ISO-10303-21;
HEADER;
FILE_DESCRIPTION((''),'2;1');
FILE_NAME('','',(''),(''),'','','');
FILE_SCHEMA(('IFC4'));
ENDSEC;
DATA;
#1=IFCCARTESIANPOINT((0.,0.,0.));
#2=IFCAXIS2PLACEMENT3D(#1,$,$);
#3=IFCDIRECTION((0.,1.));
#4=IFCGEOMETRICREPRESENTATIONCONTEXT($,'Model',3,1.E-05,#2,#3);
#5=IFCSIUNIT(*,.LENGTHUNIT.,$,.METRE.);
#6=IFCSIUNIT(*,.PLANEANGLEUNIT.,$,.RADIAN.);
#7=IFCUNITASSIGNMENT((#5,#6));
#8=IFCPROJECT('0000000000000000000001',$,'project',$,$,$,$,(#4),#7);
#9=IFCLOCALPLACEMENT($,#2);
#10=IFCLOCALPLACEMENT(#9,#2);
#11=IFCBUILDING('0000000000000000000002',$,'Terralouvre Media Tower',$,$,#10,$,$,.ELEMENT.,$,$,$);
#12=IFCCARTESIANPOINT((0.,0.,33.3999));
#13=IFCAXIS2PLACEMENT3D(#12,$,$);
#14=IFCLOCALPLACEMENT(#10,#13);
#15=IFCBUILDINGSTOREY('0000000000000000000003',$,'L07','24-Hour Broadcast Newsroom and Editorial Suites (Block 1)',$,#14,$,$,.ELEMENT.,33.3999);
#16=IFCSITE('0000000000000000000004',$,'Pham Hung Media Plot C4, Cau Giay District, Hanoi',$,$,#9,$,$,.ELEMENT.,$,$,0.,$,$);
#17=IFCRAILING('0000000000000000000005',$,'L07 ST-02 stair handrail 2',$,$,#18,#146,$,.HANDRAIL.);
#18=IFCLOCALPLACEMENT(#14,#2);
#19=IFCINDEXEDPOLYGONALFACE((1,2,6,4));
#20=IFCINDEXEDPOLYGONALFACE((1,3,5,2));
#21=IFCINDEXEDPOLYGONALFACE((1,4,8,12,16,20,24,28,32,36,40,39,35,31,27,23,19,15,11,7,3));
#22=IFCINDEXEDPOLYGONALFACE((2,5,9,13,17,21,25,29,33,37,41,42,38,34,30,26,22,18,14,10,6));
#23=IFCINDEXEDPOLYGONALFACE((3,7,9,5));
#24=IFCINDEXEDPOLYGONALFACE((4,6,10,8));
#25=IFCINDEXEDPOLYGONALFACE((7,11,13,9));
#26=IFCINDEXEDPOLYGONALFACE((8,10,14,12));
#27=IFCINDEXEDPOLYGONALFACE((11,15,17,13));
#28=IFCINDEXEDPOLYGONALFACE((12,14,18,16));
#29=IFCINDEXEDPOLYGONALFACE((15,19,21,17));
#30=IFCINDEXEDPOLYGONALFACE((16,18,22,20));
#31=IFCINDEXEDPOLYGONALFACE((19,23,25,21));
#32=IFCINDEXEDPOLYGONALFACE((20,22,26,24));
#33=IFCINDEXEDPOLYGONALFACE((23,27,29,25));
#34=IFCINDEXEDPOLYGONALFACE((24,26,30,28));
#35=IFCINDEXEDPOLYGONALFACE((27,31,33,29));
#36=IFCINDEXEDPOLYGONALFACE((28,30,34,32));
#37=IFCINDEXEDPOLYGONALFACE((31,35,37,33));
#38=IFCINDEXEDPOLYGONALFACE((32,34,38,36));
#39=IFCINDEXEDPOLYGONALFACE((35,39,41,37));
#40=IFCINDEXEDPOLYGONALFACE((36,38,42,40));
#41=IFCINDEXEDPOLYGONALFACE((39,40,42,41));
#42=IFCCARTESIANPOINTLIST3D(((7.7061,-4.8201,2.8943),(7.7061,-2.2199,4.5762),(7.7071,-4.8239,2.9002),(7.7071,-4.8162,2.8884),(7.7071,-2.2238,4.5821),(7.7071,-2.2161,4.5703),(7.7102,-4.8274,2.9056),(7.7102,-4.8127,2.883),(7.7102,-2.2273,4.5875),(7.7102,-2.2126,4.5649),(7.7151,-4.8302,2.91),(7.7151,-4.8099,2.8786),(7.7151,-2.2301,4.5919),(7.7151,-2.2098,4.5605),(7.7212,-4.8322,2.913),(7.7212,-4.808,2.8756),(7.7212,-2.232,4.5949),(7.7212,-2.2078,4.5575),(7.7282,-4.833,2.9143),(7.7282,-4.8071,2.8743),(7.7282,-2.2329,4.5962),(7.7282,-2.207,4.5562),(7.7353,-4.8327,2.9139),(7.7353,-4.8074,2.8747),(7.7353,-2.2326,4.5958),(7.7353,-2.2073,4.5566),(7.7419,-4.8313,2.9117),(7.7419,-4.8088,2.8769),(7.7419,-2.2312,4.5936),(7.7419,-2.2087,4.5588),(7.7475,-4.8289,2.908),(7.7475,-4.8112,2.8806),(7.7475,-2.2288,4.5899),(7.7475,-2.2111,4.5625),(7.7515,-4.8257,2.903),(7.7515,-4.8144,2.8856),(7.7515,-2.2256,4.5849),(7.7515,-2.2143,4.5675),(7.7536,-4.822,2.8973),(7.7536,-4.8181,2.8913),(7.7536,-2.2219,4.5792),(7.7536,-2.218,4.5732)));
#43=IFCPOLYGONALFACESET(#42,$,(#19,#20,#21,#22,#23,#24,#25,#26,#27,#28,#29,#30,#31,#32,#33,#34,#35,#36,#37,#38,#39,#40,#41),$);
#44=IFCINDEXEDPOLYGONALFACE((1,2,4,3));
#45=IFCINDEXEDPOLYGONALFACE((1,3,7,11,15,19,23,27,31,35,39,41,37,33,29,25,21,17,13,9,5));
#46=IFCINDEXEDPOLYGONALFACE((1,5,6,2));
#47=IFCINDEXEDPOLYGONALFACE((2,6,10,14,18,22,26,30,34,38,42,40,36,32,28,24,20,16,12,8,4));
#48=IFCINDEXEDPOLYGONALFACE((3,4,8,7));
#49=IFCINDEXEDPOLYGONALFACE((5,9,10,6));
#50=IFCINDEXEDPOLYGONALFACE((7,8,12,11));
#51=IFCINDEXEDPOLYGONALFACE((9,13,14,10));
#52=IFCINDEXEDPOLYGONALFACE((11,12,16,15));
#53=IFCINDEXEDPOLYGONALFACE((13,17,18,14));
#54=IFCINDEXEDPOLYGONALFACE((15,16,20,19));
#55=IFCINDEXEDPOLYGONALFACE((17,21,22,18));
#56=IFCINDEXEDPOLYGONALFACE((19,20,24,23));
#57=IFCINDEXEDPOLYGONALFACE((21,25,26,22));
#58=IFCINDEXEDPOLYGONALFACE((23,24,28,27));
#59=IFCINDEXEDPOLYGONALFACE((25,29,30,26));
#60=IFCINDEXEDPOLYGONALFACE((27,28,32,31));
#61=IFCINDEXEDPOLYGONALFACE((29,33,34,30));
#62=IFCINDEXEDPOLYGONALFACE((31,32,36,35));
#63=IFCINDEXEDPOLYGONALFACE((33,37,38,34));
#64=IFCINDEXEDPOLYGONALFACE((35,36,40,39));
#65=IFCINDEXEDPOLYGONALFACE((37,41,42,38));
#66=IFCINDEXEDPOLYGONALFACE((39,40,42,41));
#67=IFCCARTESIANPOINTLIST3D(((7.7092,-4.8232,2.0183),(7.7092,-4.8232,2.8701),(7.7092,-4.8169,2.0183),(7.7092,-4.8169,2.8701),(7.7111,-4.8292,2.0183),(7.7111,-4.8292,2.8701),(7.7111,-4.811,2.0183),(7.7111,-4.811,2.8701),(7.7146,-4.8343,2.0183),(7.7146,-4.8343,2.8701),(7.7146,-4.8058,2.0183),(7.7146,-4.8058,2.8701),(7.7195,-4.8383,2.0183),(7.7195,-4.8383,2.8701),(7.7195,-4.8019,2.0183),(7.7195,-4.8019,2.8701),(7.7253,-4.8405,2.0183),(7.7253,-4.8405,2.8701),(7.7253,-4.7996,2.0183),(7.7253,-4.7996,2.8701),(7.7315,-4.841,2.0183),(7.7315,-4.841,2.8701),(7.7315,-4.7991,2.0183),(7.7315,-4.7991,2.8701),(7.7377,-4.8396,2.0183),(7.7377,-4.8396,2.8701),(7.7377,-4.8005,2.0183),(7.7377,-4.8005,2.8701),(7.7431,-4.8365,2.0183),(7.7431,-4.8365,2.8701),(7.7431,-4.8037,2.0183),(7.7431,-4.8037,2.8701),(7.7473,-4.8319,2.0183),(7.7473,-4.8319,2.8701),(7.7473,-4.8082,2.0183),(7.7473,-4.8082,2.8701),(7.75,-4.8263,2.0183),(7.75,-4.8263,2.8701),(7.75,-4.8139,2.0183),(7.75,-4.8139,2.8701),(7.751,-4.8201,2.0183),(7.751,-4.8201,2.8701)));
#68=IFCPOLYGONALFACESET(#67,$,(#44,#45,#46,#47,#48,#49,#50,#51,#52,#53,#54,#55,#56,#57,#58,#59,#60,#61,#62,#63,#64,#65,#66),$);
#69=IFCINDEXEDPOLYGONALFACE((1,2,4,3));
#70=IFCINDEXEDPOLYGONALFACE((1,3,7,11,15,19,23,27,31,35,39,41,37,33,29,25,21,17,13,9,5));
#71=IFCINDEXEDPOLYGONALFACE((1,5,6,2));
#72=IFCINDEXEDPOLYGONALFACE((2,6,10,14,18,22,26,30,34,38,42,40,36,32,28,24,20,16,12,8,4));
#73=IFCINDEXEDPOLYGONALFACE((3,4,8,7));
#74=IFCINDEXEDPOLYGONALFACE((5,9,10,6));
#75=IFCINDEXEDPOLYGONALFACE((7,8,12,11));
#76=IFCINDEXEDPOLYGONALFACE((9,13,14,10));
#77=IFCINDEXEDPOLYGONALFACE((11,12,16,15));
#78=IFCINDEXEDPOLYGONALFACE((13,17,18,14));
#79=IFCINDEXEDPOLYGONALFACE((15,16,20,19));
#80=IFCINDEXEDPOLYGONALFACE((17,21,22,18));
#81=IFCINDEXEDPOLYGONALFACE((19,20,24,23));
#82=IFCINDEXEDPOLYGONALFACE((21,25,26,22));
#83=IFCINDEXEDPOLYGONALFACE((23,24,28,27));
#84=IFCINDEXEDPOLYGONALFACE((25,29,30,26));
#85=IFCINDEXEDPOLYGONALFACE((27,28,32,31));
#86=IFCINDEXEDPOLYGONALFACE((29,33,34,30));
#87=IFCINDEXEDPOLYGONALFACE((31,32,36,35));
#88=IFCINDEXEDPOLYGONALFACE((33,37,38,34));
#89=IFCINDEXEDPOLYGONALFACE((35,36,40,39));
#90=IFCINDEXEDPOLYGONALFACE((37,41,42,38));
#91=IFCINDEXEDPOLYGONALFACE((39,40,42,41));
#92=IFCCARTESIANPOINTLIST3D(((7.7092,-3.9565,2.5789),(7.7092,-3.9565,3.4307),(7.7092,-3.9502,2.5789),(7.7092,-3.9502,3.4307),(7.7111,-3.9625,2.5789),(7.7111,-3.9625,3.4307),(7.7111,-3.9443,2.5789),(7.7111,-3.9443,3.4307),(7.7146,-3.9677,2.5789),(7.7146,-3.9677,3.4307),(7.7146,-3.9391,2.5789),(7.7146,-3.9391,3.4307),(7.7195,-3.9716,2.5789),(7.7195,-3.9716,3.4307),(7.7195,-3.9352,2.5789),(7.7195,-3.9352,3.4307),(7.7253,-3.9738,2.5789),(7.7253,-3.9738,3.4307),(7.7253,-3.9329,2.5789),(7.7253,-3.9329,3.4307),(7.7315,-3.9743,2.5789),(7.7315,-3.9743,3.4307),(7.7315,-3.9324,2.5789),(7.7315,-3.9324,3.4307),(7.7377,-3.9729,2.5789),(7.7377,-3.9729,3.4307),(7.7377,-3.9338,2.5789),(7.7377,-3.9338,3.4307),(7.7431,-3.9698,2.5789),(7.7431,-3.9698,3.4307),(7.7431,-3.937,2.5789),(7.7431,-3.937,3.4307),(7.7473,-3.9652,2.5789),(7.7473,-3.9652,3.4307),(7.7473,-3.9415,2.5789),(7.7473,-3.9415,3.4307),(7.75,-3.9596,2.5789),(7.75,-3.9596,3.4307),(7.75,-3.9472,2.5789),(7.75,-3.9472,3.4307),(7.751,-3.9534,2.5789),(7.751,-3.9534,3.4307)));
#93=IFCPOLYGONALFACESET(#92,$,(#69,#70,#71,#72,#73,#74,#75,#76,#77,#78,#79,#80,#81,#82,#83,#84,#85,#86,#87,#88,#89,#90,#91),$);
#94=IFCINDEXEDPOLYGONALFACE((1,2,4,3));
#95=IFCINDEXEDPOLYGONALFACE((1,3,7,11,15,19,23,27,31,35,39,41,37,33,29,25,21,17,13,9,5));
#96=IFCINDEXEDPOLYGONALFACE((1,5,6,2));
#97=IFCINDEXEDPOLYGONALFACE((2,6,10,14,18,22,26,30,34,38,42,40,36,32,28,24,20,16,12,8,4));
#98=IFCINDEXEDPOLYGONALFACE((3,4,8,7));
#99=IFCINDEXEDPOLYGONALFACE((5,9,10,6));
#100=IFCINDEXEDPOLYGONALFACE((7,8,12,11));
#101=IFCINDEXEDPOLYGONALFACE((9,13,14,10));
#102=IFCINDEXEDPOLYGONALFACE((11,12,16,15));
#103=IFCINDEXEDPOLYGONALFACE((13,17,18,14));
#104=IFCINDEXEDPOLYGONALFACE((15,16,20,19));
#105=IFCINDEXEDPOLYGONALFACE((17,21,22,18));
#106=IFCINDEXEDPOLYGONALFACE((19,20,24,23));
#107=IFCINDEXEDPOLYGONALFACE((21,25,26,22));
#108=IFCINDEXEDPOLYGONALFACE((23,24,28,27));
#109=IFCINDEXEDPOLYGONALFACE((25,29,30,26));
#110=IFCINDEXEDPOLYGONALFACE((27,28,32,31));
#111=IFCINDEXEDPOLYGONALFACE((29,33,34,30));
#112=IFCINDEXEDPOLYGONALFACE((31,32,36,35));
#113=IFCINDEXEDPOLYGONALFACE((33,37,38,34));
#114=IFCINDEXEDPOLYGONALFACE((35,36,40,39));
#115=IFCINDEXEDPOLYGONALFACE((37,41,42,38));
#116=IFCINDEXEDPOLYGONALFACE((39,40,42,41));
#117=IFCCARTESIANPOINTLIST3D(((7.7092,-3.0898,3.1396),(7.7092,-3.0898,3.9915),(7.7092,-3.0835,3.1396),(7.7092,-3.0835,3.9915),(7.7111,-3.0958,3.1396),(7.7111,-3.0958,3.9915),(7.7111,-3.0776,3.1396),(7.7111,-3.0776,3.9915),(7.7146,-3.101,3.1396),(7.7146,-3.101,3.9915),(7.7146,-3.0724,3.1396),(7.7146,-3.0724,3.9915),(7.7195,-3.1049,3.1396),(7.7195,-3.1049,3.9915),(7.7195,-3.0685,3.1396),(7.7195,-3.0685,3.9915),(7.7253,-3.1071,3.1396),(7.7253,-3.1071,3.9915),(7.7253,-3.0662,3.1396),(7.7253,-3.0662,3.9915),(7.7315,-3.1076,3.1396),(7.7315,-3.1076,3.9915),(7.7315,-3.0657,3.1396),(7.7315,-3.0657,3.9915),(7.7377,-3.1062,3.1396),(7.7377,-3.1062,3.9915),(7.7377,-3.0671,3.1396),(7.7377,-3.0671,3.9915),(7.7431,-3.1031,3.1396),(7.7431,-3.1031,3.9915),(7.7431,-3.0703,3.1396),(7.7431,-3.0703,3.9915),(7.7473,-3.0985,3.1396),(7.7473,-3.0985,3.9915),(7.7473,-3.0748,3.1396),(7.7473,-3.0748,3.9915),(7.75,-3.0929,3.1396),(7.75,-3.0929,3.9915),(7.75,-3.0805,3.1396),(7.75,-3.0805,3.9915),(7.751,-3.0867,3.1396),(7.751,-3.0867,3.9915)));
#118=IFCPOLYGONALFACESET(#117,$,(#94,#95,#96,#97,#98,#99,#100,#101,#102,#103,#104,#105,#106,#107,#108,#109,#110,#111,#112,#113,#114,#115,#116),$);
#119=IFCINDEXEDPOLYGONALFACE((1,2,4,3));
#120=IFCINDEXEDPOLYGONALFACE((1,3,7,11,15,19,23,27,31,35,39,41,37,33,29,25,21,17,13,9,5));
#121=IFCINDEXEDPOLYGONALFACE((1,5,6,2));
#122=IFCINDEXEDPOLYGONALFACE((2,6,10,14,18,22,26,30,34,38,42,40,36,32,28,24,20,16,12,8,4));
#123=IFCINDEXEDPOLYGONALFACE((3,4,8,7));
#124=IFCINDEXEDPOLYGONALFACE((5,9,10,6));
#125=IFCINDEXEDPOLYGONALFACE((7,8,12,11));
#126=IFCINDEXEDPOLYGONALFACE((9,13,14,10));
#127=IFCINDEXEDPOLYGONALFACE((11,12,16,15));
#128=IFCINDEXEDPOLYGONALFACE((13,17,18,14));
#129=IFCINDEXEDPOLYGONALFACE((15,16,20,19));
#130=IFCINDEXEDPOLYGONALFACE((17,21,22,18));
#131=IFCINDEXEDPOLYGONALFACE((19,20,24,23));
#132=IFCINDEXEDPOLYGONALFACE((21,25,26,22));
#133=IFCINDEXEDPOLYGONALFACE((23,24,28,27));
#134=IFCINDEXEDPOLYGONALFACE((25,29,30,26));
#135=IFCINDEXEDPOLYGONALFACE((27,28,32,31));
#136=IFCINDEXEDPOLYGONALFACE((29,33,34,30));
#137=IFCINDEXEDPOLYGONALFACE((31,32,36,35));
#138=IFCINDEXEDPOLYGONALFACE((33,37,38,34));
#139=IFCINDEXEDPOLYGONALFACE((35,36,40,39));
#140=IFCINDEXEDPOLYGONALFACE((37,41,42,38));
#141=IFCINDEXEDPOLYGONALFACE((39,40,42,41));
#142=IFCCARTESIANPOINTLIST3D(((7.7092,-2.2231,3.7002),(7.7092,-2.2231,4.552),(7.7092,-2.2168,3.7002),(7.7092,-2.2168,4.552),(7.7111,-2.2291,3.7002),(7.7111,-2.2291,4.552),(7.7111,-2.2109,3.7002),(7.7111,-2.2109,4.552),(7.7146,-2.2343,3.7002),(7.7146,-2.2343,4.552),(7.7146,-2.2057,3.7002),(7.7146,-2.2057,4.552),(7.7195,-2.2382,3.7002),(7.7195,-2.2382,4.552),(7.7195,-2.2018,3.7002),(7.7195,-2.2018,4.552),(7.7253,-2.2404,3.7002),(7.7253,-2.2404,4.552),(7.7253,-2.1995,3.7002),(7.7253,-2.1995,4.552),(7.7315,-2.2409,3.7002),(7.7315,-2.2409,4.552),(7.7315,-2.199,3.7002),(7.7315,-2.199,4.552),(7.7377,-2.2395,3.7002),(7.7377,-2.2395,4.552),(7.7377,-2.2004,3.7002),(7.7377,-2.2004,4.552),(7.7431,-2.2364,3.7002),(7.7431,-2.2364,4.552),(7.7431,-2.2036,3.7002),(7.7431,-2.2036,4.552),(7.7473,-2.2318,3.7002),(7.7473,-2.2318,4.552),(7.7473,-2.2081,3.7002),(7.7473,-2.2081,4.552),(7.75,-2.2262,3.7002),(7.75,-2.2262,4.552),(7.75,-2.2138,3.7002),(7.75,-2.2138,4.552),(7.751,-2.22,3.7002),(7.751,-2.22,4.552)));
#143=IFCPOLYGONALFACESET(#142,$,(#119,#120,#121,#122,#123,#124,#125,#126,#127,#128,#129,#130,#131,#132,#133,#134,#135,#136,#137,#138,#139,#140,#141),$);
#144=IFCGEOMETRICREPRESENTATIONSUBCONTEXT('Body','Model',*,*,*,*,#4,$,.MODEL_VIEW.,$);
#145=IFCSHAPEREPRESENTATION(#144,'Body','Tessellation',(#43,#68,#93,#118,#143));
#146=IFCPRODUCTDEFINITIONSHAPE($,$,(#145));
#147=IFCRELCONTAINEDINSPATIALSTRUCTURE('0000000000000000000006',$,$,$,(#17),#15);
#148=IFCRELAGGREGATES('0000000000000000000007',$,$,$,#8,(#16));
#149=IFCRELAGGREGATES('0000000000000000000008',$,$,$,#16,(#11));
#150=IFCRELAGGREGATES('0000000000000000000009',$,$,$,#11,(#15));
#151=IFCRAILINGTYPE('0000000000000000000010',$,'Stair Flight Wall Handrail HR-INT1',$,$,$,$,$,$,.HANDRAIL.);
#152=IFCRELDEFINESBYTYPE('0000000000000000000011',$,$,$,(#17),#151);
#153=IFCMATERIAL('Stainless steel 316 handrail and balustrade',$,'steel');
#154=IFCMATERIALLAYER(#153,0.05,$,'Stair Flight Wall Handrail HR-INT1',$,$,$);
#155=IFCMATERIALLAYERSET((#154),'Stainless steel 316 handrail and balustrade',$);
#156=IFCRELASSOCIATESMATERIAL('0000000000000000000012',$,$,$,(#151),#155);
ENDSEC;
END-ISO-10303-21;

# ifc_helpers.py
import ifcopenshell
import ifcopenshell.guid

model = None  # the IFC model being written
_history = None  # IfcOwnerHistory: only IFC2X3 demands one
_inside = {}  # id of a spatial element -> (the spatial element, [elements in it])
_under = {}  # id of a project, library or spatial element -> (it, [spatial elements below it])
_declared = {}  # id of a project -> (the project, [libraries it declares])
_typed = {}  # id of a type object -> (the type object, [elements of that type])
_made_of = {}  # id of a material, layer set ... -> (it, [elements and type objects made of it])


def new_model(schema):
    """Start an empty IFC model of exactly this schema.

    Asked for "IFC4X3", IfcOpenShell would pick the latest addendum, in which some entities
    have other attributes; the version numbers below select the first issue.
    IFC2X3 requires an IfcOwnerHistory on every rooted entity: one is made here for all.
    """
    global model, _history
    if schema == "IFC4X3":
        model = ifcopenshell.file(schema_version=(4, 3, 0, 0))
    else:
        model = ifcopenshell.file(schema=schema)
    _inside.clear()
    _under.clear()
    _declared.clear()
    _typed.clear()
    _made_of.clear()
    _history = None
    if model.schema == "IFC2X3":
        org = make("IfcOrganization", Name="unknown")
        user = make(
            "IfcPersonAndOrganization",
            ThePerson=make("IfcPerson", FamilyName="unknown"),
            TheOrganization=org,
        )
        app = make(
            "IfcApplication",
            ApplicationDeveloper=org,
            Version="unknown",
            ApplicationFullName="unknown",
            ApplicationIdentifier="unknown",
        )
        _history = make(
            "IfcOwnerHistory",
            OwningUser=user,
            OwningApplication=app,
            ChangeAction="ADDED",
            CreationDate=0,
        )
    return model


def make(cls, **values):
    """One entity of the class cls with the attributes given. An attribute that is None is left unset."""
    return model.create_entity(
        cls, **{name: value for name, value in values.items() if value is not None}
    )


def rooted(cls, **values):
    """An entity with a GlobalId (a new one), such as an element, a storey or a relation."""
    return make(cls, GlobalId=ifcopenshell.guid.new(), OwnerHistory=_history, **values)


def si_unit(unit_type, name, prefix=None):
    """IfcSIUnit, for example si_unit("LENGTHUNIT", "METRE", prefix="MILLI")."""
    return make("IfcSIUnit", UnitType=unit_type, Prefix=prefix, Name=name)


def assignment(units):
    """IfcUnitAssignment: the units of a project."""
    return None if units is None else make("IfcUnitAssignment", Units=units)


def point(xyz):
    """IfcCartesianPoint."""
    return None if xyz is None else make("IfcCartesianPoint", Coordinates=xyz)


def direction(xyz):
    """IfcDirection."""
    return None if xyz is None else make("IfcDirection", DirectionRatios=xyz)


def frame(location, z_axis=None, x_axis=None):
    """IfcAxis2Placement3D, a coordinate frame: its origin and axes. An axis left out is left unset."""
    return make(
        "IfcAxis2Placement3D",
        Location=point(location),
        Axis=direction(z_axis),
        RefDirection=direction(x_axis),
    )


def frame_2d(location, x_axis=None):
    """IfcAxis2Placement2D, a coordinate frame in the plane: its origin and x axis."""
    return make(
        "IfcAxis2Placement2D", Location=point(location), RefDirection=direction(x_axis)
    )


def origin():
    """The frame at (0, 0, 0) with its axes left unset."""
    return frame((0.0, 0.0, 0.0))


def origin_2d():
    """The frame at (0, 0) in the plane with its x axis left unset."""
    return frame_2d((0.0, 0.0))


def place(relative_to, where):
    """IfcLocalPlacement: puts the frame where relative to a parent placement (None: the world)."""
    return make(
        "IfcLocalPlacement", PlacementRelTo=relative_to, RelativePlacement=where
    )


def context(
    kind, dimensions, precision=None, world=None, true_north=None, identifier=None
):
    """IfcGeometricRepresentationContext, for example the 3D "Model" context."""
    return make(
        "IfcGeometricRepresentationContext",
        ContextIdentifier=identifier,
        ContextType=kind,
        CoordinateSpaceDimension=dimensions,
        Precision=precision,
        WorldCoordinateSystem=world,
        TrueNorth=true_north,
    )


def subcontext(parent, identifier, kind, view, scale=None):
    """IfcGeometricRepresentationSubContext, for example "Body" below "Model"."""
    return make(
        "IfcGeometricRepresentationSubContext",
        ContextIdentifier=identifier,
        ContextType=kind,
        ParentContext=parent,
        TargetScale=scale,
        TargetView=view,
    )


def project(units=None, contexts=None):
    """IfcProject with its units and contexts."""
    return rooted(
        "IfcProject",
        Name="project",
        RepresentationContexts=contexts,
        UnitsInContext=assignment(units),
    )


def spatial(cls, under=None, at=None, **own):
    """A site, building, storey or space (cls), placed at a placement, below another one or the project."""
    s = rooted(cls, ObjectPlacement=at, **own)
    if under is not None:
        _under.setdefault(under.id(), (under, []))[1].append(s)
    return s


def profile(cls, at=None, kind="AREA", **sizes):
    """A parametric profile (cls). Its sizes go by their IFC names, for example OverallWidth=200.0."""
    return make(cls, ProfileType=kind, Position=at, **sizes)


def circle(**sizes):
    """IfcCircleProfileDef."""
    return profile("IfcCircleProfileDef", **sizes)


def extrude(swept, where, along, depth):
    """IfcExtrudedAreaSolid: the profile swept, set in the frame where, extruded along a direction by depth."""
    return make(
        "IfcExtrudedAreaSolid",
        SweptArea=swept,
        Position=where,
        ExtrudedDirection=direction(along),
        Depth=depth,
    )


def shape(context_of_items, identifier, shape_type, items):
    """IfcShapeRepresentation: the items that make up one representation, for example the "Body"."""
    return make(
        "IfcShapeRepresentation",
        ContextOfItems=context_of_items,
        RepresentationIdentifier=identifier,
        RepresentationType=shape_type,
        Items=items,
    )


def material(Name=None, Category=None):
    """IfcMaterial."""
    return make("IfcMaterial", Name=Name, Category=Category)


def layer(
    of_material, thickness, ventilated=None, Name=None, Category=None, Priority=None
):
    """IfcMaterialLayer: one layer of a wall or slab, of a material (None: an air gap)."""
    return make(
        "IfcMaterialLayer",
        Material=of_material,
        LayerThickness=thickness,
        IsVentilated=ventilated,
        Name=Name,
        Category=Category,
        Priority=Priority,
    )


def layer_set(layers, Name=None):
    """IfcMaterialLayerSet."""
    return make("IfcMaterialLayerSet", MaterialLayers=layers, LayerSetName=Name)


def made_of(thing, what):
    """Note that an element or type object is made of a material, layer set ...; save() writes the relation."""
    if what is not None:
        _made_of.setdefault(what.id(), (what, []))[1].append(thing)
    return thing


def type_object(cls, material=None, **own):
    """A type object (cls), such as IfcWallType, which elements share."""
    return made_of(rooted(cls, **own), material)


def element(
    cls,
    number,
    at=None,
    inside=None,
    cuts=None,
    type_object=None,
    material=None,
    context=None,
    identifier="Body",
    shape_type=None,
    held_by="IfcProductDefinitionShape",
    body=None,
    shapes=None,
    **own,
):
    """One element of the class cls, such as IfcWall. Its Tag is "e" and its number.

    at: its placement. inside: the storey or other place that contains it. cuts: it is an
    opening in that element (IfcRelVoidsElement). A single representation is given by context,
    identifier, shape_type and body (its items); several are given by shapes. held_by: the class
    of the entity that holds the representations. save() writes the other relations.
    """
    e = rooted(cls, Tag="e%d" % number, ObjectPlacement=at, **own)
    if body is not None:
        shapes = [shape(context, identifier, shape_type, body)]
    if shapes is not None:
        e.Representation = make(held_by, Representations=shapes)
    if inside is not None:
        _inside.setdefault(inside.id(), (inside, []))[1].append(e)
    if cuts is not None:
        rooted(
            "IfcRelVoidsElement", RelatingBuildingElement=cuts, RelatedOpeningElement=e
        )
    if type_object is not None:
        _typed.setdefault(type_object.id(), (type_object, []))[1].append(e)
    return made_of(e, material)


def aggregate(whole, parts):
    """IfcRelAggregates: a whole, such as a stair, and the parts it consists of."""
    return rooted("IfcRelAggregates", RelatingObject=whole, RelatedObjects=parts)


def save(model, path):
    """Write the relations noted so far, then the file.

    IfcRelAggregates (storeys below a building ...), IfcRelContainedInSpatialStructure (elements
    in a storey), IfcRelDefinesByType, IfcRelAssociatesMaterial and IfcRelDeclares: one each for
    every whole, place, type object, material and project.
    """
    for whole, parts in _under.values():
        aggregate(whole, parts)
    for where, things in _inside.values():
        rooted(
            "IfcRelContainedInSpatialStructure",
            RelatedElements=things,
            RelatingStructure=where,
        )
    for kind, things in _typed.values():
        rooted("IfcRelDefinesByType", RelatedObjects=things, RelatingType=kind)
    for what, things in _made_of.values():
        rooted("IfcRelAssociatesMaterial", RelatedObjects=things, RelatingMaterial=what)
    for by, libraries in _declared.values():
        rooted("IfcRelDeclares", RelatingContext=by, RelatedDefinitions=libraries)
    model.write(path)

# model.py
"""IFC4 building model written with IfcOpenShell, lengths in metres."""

from ifc_helpers import new_model, si_unit, direction, frame, origin, origin_2d, place, context, subcontext, project, spatial, circle, extrude, material, layer, layer_set, type_object, element, save


model = new_model("IFC4")

# Units and contexts
model_context = context("Model", 3, precision=1e-05, world=origin(), true_north=direction((0.0, 1.0)))
body_context = subcontext(model_context, "Body", "Model", "MODEL_VIEW")
ifc_project = project(units=[si_unit("LENGTHUNIT", "METRE"), si_unit("PLANEANGLEUNIT", "RADIAN")], contexts=[model_context])

# Site, building, storey
site_placement = place(None, origin())
site = spatial("IfcSite", under=ifc_project, at=site_placement, Name="Pham Hung Media Plot C4, Cau Giay District, Hanoi", CompositionType="ELEMENT", RefElevation=0.0)
building_placement = place(site_placement, origin())
building = spatial("IfcBuilding", under=site, at=building_placement, Name="Terralouvre Media Tower", CompositionType="ELEMENT")
storey_placement = place(building_placement, frame((0.0, 0.0, 33.3999)))
storey = spatial("IfcBuildingStorey", under=building, at=storey_placement, Name="L07", Description="24-Hour Broadcast Newsroom and Editorial Suites (Block 1)", CompositionType="ELEMENT", Elevation=33.3999)

# Railing
ifc_material_1 = material(Name="Stainless steel 316 handrail and balustrade", Category="steel")
ifc_layer_1 = layer(ifc_material_1, 0.05, Name="Stair Flight Wall Handrail HR-INT1")
ifc_layer_set_1 = layer_set([ifc_layer_1], Name="Stainless steel 316 handrail and balustrade")
railing_type_1 = type_object("IfcRailingType", Name="Stair Flight Wall Handrail HR-INT1", PredefinedType="HANDRAIL", material=ifc_layer_set_1)
railing_1_placement = place(storey_placement, frame((7.73, -4.8201, 2.0183)))
element("IfcRailing", 1, at=railing_1_placement, inside=storey, type_object=railing_type_1, Name="L07 ST-02 stair handrail 2", PredefinedType="HANDRAIL", context=body_context, shape_type="SweptSolid", body=[
    extrude(circle(Radius=0.0239, at=origin_2d()), frame((0.0, 0.0, 0.876), z_axis=(0.0, 0.839648, 0.54313), x_axis=(-1.0, 0.0, 0.0)), (0.0, 0.0, 1.0), 3.0967),
    extrude(circle(Radius=0.021, at=origin_2d()), origin(), (0.0, 0.0, 1.0), 0.8518),
    extrude(circle(Radius=0.021, at=origin_2d()), frame((0.0, 0.8667, 0.5605)), (0.0, 0.0, 1.0), 0.8518),
    extrude(circle(Radius=0.021, at=origin_2d()), frame((0.0, 1.7334, 1.1213)), (0.0, 0.0, 1.0), 0.8518),
    extrude(circle(Radius=0.021, at=origin_2d()), frame((0.0, 2.6001, 1.6819)), (0.0, 0.0, 1.0), 0.8518),
])

save(model, "model.ifc")
